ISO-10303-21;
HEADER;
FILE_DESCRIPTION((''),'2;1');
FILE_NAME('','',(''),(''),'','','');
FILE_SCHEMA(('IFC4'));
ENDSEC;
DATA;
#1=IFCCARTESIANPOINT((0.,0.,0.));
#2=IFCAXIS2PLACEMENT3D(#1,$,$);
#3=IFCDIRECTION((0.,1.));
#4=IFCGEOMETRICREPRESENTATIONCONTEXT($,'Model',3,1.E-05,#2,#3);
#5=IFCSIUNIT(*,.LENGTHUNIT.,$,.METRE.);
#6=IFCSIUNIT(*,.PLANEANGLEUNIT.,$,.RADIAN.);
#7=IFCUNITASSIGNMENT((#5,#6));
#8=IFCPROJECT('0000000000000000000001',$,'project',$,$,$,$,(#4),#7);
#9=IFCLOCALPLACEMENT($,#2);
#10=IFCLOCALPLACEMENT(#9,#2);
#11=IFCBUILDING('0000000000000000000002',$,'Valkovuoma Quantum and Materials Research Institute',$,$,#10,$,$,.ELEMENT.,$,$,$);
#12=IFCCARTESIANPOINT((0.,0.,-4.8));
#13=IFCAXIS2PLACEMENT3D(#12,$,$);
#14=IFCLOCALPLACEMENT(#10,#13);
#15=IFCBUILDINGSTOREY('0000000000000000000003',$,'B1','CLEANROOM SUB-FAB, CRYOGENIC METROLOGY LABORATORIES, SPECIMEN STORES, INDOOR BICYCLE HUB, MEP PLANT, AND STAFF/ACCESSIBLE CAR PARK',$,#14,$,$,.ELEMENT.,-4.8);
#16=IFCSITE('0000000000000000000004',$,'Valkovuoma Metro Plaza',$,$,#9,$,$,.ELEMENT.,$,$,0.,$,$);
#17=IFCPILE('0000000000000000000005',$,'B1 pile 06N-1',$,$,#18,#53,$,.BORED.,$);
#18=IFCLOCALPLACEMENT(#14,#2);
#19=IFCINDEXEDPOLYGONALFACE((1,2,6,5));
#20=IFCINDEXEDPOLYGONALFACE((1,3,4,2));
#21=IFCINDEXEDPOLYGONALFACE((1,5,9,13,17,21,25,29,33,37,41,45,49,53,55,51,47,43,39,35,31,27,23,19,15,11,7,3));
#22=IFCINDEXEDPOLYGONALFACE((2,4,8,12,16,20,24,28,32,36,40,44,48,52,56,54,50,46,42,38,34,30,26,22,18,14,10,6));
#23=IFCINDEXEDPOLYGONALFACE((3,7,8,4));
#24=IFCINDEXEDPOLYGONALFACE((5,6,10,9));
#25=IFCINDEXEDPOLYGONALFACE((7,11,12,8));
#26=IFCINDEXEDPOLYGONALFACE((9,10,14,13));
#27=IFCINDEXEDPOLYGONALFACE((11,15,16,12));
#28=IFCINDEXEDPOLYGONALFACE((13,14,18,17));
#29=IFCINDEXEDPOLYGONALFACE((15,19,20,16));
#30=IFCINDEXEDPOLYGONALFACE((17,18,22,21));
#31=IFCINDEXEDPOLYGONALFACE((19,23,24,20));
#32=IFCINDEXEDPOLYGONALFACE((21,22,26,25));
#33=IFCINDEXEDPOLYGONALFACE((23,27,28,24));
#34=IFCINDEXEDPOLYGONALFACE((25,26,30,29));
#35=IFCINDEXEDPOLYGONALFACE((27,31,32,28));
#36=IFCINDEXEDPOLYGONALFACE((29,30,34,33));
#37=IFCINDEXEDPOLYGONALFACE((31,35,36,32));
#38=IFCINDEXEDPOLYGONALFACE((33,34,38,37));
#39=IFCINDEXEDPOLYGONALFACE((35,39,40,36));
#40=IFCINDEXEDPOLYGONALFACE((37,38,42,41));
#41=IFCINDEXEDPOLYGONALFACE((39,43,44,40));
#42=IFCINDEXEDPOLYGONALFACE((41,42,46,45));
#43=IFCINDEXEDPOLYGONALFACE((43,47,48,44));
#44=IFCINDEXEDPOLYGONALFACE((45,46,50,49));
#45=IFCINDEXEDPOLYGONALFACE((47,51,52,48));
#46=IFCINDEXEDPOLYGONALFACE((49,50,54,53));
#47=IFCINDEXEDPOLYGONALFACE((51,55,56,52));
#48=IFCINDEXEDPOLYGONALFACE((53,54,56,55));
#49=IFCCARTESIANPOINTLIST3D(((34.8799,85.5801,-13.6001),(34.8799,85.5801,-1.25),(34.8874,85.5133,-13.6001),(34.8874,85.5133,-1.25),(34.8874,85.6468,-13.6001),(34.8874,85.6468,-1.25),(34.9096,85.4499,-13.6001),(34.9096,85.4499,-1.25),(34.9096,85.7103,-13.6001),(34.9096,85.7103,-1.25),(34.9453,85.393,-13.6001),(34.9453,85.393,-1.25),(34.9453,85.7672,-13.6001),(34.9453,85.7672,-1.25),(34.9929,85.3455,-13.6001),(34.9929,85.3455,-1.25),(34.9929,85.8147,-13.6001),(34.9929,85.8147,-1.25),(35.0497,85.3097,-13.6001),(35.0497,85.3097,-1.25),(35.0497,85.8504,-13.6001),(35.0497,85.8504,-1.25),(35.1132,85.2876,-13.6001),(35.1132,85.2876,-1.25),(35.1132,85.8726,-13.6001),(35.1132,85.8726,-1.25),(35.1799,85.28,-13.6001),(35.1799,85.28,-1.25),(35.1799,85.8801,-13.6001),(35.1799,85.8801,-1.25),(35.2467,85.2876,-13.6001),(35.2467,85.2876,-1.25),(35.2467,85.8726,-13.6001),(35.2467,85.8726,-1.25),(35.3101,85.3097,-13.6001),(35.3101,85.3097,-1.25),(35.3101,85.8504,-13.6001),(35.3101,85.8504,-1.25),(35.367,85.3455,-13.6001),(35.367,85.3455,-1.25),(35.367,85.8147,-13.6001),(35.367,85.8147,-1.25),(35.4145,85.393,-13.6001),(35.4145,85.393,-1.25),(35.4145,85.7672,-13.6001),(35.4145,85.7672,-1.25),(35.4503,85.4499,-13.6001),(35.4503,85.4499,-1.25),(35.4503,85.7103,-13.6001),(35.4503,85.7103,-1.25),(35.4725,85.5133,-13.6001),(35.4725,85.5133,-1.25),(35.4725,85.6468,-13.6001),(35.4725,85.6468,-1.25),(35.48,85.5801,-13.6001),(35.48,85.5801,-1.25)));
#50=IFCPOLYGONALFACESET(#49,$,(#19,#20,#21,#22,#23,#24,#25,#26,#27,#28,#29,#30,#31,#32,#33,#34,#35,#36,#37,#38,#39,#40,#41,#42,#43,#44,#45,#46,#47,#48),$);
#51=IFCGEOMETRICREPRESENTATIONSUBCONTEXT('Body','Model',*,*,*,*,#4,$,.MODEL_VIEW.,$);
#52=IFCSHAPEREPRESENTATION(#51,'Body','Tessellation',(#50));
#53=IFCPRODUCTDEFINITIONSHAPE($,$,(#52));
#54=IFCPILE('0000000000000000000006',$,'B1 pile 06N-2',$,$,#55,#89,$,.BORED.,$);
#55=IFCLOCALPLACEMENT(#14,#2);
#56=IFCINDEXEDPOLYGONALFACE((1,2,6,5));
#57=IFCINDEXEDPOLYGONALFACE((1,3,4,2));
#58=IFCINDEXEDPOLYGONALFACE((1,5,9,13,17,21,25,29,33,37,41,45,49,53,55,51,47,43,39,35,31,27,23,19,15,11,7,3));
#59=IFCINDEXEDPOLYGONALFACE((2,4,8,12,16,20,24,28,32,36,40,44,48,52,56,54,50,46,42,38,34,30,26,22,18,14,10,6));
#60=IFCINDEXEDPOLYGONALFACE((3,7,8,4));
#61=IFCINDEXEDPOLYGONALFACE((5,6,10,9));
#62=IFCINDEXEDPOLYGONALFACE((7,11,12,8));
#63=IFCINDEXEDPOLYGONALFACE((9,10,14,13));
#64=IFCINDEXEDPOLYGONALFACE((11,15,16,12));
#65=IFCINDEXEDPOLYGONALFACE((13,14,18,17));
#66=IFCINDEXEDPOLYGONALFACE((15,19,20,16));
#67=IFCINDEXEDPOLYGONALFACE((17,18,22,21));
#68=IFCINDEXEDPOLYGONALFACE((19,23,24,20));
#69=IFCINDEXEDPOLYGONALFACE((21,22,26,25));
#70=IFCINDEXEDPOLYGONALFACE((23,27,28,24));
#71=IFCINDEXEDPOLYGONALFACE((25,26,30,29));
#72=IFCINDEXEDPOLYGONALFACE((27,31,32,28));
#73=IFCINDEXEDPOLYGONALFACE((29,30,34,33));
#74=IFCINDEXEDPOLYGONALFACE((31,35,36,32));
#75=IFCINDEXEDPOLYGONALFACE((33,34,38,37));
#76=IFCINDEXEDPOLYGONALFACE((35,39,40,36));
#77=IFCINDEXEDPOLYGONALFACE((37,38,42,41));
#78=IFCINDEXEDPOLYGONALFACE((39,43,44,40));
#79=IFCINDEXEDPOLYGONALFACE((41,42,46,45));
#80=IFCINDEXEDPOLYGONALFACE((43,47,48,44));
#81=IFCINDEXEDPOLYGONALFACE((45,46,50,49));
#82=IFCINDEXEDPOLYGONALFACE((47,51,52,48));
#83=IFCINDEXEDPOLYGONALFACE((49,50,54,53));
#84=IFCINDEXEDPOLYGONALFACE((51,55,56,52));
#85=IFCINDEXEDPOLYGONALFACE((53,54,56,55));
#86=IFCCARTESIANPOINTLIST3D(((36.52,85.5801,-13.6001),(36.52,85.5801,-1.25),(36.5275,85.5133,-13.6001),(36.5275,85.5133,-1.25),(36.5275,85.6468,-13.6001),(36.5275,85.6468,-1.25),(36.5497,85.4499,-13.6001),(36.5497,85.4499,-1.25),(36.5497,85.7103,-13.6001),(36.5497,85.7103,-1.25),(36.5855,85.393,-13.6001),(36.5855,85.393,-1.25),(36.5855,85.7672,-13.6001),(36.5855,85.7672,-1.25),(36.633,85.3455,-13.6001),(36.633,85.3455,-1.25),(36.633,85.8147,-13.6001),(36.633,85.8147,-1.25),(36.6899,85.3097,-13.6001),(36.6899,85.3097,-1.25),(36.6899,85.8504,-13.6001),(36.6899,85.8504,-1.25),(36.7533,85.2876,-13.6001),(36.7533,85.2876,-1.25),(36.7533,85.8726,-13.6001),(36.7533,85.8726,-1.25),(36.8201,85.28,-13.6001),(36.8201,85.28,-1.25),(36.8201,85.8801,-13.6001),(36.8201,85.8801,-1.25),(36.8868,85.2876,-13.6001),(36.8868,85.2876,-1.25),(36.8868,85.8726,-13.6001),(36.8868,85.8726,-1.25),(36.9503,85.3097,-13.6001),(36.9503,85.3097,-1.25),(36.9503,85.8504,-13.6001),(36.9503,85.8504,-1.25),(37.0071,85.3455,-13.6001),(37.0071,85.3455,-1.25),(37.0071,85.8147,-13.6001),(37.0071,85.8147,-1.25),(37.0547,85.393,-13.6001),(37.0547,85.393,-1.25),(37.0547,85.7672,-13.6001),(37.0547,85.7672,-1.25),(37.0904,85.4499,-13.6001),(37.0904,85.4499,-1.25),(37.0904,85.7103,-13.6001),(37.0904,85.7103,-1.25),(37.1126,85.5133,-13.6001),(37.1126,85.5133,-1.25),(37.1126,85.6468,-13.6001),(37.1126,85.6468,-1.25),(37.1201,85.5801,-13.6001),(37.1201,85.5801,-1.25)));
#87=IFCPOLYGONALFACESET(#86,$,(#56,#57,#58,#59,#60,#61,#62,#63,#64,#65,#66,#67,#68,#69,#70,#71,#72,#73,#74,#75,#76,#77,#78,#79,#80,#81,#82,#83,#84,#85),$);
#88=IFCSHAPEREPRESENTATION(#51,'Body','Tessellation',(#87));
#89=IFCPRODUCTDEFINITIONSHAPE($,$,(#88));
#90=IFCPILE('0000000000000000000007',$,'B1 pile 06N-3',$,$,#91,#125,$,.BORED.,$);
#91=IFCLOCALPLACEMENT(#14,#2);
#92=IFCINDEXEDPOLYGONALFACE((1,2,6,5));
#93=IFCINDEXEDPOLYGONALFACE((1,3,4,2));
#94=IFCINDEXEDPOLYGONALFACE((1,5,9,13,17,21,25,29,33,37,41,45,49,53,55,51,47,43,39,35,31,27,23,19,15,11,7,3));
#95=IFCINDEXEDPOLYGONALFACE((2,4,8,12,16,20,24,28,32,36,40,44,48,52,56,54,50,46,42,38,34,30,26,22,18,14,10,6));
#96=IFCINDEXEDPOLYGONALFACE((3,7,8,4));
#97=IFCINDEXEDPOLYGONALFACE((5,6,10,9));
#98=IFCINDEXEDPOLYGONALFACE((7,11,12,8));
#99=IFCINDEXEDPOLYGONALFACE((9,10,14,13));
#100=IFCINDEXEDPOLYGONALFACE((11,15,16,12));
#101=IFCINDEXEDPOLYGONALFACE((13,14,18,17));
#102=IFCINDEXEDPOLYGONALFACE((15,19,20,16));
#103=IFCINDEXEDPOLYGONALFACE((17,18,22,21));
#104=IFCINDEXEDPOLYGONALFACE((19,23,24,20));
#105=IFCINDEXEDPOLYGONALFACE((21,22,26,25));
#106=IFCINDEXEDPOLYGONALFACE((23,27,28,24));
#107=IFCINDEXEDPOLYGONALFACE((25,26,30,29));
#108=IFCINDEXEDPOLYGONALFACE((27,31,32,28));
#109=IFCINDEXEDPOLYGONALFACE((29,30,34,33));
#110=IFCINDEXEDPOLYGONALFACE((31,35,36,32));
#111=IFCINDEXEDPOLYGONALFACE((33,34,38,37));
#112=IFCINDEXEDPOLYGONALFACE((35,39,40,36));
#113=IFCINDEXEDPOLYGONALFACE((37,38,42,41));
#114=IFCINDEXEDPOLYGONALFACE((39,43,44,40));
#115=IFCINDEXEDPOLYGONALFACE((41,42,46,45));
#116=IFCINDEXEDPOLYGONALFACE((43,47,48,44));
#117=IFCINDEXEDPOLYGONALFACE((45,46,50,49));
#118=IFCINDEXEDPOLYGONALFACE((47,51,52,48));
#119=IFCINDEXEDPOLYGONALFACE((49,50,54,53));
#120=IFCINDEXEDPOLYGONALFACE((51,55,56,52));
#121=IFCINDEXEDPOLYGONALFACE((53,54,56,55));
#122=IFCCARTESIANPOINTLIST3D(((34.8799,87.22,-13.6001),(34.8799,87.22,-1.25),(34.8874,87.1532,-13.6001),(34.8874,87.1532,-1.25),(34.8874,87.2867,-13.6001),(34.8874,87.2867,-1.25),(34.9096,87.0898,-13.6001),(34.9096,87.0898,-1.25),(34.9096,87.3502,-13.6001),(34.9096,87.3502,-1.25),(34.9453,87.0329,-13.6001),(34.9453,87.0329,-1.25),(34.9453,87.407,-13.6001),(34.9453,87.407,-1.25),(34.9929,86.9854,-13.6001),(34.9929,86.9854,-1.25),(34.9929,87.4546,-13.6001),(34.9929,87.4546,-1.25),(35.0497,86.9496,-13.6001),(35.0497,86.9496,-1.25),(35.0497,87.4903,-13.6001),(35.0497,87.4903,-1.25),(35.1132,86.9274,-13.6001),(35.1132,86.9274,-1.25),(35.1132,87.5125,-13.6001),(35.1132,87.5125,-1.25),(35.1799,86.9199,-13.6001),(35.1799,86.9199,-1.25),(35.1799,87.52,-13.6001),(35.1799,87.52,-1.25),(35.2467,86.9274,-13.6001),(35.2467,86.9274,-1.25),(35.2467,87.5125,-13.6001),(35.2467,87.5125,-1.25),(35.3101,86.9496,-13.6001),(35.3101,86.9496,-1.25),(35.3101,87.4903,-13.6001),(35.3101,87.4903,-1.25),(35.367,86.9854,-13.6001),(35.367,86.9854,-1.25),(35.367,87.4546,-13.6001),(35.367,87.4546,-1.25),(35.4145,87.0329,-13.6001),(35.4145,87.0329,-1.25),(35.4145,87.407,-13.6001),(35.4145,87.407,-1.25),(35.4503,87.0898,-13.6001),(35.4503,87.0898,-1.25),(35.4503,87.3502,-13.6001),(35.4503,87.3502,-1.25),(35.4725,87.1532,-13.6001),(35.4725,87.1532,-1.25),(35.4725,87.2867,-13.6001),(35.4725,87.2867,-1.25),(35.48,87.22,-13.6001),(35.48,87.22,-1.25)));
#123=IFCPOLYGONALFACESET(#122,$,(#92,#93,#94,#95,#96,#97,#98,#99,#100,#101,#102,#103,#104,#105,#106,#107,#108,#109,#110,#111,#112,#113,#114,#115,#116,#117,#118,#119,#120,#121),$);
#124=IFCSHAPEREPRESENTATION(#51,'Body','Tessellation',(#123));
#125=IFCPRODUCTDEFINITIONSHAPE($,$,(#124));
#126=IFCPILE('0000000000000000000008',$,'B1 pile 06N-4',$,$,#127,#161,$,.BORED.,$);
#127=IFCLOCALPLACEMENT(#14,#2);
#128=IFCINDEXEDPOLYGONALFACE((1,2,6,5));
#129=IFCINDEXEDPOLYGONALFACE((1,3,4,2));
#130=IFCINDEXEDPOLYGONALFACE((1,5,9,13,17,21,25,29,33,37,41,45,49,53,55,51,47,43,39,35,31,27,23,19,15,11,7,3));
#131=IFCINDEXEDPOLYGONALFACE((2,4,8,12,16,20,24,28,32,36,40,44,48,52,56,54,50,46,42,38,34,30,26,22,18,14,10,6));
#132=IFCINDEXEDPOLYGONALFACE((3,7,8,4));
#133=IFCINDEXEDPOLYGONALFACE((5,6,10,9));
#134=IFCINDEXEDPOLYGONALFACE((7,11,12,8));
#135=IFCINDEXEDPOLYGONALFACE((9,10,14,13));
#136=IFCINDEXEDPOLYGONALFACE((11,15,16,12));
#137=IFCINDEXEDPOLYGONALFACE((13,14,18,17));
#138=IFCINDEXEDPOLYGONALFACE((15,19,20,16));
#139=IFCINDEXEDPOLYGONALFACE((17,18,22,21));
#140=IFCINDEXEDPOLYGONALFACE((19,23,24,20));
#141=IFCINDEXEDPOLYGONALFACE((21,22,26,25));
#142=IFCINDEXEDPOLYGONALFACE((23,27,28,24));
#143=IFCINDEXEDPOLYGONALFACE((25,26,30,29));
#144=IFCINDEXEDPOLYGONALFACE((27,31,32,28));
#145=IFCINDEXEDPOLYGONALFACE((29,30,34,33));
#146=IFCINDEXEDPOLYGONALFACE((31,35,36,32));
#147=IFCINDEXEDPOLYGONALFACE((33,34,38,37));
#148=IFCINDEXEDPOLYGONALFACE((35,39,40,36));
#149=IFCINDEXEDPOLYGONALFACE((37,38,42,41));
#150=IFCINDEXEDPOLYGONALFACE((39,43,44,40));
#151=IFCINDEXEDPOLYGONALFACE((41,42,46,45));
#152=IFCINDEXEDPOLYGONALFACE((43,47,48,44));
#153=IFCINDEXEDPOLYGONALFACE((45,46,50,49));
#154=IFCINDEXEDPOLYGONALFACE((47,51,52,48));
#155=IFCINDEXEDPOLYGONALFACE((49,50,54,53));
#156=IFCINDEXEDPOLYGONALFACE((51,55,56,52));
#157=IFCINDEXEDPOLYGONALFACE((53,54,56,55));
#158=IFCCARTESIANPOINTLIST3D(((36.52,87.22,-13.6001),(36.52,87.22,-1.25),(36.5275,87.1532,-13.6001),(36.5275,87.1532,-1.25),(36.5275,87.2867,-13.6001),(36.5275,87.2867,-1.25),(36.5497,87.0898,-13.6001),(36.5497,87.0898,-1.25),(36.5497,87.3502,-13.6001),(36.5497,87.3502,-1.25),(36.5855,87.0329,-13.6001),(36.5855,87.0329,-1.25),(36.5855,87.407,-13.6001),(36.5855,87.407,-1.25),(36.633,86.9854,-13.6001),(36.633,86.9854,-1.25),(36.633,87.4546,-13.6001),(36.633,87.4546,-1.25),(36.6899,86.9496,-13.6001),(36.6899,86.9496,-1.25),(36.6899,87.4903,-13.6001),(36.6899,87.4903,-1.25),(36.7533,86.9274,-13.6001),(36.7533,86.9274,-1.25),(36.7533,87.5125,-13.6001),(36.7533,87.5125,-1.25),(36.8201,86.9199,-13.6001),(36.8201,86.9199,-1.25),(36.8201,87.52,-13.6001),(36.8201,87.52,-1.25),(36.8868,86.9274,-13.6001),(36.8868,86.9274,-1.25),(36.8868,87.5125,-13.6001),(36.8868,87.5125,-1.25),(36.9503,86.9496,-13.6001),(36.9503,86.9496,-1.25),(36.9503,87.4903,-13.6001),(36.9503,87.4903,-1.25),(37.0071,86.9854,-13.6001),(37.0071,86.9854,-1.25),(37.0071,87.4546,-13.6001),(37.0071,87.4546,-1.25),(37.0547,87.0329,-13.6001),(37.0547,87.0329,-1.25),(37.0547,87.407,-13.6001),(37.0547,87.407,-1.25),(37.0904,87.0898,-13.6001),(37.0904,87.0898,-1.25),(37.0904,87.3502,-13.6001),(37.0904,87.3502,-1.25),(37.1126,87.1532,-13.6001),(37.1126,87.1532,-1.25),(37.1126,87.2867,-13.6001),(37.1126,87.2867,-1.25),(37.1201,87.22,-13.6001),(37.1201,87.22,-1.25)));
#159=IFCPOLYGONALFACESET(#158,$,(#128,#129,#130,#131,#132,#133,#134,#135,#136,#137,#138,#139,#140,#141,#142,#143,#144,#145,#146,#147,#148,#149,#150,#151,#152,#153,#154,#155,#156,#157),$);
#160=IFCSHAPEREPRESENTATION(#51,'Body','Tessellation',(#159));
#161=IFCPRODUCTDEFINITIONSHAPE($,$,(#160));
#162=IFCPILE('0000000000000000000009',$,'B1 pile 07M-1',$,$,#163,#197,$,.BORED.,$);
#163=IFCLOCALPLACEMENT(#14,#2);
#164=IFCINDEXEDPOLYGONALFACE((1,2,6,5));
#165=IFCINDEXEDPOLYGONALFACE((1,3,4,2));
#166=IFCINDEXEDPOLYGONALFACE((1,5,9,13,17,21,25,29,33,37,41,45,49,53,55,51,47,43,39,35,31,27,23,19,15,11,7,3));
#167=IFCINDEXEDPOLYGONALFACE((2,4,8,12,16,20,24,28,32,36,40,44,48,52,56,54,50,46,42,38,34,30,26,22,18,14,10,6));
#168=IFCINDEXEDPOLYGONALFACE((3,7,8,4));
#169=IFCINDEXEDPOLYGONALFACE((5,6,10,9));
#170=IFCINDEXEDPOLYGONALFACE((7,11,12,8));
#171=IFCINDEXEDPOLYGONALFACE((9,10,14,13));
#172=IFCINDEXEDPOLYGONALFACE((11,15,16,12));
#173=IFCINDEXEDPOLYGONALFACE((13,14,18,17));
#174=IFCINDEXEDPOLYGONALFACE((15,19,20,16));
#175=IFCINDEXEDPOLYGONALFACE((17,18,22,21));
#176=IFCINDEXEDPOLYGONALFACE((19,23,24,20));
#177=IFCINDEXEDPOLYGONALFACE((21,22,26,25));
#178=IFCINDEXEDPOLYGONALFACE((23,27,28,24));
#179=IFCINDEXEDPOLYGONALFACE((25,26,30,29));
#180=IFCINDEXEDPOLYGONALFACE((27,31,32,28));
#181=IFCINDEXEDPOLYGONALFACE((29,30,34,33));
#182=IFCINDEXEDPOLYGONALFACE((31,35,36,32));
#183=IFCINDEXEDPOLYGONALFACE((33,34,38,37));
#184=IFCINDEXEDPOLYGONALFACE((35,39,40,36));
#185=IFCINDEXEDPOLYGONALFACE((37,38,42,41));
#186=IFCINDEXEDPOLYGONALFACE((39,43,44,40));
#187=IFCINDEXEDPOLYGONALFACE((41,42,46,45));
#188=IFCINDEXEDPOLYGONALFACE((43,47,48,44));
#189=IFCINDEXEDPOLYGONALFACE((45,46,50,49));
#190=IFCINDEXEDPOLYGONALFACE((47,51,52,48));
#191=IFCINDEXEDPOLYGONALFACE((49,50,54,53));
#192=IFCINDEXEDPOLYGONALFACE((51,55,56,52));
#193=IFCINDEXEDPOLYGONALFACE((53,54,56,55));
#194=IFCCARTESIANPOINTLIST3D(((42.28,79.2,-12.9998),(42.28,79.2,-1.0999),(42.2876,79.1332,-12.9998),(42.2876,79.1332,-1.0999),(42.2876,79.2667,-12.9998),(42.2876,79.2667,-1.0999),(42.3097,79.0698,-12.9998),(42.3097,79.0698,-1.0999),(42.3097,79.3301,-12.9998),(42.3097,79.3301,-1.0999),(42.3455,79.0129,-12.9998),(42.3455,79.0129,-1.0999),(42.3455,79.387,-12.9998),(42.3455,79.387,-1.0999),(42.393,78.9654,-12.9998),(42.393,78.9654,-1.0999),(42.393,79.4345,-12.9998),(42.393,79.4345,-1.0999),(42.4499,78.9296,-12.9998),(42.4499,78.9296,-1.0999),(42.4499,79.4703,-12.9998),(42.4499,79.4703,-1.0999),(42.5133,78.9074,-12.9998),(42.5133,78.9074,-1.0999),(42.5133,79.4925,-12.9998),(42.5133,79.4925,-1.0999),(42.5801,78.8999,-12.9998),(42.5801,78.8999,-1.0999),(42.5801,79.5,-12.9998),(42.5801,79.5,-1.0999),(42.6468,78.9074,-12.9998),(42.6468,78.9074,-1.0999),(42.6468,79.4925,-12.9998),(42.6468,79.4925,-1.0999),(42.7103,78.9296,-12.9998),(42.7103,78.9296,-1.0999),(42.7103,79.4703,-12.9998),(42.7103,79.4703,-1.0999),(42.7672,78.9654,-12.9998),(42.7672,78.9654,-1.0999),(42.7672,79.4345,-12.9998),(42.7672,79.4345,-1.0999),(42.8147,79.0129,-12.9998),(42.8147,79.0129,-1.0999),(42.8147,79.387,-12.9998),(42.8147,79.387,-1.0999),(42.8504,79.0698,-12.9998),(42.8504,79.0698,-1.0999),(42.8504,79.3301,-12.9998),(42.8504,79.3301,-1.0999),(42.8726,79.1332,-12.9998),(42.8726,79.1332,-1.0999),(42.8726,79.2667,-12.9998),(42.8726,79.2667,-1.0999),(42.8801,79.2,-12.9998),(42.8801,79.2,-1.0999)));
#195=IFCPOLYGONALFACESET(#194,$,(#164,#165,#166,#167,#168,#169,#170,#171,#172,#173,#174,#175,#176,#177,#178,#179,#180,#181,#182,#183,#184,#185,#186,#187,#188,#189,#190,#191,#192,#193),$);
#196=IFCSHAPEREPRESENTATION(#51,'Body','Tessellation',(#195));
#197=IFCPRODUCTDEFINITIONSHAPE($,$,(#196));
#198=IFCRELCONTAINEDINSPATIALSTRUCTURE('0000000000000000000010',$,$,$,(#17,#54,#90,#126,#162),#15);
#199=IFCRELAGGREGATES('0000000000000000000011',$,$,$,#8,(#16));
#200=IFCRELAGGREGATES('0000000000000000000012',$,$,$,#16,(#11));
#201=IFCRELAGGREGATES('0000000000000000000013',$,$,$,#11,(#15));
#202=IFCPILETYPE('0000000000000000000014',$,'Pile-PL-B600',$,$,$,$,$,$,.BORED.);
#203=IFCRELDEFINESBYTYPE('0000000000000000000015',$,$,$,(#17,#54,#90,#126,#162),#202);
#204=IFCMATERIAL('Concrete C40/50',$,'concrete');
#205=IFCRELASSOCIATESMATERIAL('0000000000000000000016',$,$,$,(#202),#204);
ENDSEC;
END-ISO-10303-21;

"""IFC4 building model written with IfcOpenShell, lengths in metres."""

from ifc_helpers import new_model, si_unit, direction, frame, origin, origin_2d, place, context, subcontext, project, spatial, circle, extrude, material, material_profile, profile_set, type_object, element, save


model = new_model("IFC4")

# Units and contexts
model_context = context("Model", 3, precision=1e-05, world=origin(), true_north=direction((0.0, 1.0)))
body_context = subcontext(model_context, "Body", "Model", "MODEL_VIEW")
ifc_project = project(units=[si_unit("LENGTHUNIT", "METRE"), si_unit("PLANEANGLEUNIT", "RADIAN")], contexts=[model_context])

# Site, building, storey
site_placement = place(None, origin())
site = spatial("IfcSite", under=ifc_project, at=site_placement, Name="Valkovuoma Metro Plaza", CompositionType="ELEMENT", RefElevation=0.0)
building_placement = place(site_placement, origin())
building = spatial("IfcBuilding", under=site, at=building_placement, Name="Valkovuoma Quantum and Materials Research Institute", CompositionType="ELEMENT")
storey_placement = place(building_placement, frame((0.0, 0.0, -4.8)))
storey = spatial("IfcBuildingStorey", under=building, at=storey_placement, Name="B1", Description="CLEANROOM SUB-FAB, CRYOGENIC METROLOGY LABORATORIES, SPECIMEN STORES, INDOOR BICYCLE HUB, MEP PLANT, AND STAFF/ACCESSIBLE CAR PARK", CompositionType="ELEMENT", Elevation=-4.8)

# Piles
ifc_material_1 = material(Name="Concrete C40/50", Category="concrete")
ifc_material_profile_1 = material_profile(ifc_material_1, circle(Radius=0.3, at=origin_2d()), Name="Concrete C40/50")
ifc_profile_set_1 = profile_set([ifc_material_profile_1], Name="Concrete C40/50")
pile_type_1 = type_object("IfcPileType", Name="Pile-PL-B600", PredefinedType="BORED", material=ifc_profile_set_1)
for number, where, z_axis, x_axis, name in (
    (1, (35.1799, 85.5801, -1.25), (0.0, 0.0, -1.0), (1.0, 0.0, 0.0), "B1 pile 06N-1"),
    (2, (36.8201, 85.5801, -1.25), (0.0, 0.0, -1.0), (1.0, 0.0, 0.0), "B1 pile 06N-2"),
    (3, (35.1799, 87.22, -1.25), (0.0, 0.0, -1.0), (1.0, 0.0, 0.0), "B1 pile 06N-3"),
    (4, (36.8201, 87.22, -1.25), (0.0, 0.0, -1.0), (1.0, 0.0, 0.0), "B1 pile 06N-4"),
):
    element("IfcPile", number, at=place(storey_placement, frame(where, z_axis=z_axis, x_axis=x_axis)), inside=storey, type_object=pile_type_1, Name=name, PredefinedType="BORED", context=body_context, shape_type="SweptSolid", body=[
        extrude(circle(Radius=0.3, at=origin_2d()), origin(), (0.0, 0.0, 1.0), 12.3501),
    ])
pile_1_placement = place(storey_placement, frame((42.5801, 79.2, -1.0999), z_axis=(0.0, 0.0, -1.0), x_axis=(1.0, 0.0, 0.0)))
element("IfcPile", 5, at=pile_1_placement, inside=storey, type_object=pile_type_1, Name="B1 pile 07M-1", PredefinedType="BORED", context=body_context, shape_type="SweptSolid", body=[
    extrude(circle(Radius=0.3, at=origin_2d()), origin(), (0.0, 0.0, 1.0), 11.8999),
])

save(model, "model.ifc")
